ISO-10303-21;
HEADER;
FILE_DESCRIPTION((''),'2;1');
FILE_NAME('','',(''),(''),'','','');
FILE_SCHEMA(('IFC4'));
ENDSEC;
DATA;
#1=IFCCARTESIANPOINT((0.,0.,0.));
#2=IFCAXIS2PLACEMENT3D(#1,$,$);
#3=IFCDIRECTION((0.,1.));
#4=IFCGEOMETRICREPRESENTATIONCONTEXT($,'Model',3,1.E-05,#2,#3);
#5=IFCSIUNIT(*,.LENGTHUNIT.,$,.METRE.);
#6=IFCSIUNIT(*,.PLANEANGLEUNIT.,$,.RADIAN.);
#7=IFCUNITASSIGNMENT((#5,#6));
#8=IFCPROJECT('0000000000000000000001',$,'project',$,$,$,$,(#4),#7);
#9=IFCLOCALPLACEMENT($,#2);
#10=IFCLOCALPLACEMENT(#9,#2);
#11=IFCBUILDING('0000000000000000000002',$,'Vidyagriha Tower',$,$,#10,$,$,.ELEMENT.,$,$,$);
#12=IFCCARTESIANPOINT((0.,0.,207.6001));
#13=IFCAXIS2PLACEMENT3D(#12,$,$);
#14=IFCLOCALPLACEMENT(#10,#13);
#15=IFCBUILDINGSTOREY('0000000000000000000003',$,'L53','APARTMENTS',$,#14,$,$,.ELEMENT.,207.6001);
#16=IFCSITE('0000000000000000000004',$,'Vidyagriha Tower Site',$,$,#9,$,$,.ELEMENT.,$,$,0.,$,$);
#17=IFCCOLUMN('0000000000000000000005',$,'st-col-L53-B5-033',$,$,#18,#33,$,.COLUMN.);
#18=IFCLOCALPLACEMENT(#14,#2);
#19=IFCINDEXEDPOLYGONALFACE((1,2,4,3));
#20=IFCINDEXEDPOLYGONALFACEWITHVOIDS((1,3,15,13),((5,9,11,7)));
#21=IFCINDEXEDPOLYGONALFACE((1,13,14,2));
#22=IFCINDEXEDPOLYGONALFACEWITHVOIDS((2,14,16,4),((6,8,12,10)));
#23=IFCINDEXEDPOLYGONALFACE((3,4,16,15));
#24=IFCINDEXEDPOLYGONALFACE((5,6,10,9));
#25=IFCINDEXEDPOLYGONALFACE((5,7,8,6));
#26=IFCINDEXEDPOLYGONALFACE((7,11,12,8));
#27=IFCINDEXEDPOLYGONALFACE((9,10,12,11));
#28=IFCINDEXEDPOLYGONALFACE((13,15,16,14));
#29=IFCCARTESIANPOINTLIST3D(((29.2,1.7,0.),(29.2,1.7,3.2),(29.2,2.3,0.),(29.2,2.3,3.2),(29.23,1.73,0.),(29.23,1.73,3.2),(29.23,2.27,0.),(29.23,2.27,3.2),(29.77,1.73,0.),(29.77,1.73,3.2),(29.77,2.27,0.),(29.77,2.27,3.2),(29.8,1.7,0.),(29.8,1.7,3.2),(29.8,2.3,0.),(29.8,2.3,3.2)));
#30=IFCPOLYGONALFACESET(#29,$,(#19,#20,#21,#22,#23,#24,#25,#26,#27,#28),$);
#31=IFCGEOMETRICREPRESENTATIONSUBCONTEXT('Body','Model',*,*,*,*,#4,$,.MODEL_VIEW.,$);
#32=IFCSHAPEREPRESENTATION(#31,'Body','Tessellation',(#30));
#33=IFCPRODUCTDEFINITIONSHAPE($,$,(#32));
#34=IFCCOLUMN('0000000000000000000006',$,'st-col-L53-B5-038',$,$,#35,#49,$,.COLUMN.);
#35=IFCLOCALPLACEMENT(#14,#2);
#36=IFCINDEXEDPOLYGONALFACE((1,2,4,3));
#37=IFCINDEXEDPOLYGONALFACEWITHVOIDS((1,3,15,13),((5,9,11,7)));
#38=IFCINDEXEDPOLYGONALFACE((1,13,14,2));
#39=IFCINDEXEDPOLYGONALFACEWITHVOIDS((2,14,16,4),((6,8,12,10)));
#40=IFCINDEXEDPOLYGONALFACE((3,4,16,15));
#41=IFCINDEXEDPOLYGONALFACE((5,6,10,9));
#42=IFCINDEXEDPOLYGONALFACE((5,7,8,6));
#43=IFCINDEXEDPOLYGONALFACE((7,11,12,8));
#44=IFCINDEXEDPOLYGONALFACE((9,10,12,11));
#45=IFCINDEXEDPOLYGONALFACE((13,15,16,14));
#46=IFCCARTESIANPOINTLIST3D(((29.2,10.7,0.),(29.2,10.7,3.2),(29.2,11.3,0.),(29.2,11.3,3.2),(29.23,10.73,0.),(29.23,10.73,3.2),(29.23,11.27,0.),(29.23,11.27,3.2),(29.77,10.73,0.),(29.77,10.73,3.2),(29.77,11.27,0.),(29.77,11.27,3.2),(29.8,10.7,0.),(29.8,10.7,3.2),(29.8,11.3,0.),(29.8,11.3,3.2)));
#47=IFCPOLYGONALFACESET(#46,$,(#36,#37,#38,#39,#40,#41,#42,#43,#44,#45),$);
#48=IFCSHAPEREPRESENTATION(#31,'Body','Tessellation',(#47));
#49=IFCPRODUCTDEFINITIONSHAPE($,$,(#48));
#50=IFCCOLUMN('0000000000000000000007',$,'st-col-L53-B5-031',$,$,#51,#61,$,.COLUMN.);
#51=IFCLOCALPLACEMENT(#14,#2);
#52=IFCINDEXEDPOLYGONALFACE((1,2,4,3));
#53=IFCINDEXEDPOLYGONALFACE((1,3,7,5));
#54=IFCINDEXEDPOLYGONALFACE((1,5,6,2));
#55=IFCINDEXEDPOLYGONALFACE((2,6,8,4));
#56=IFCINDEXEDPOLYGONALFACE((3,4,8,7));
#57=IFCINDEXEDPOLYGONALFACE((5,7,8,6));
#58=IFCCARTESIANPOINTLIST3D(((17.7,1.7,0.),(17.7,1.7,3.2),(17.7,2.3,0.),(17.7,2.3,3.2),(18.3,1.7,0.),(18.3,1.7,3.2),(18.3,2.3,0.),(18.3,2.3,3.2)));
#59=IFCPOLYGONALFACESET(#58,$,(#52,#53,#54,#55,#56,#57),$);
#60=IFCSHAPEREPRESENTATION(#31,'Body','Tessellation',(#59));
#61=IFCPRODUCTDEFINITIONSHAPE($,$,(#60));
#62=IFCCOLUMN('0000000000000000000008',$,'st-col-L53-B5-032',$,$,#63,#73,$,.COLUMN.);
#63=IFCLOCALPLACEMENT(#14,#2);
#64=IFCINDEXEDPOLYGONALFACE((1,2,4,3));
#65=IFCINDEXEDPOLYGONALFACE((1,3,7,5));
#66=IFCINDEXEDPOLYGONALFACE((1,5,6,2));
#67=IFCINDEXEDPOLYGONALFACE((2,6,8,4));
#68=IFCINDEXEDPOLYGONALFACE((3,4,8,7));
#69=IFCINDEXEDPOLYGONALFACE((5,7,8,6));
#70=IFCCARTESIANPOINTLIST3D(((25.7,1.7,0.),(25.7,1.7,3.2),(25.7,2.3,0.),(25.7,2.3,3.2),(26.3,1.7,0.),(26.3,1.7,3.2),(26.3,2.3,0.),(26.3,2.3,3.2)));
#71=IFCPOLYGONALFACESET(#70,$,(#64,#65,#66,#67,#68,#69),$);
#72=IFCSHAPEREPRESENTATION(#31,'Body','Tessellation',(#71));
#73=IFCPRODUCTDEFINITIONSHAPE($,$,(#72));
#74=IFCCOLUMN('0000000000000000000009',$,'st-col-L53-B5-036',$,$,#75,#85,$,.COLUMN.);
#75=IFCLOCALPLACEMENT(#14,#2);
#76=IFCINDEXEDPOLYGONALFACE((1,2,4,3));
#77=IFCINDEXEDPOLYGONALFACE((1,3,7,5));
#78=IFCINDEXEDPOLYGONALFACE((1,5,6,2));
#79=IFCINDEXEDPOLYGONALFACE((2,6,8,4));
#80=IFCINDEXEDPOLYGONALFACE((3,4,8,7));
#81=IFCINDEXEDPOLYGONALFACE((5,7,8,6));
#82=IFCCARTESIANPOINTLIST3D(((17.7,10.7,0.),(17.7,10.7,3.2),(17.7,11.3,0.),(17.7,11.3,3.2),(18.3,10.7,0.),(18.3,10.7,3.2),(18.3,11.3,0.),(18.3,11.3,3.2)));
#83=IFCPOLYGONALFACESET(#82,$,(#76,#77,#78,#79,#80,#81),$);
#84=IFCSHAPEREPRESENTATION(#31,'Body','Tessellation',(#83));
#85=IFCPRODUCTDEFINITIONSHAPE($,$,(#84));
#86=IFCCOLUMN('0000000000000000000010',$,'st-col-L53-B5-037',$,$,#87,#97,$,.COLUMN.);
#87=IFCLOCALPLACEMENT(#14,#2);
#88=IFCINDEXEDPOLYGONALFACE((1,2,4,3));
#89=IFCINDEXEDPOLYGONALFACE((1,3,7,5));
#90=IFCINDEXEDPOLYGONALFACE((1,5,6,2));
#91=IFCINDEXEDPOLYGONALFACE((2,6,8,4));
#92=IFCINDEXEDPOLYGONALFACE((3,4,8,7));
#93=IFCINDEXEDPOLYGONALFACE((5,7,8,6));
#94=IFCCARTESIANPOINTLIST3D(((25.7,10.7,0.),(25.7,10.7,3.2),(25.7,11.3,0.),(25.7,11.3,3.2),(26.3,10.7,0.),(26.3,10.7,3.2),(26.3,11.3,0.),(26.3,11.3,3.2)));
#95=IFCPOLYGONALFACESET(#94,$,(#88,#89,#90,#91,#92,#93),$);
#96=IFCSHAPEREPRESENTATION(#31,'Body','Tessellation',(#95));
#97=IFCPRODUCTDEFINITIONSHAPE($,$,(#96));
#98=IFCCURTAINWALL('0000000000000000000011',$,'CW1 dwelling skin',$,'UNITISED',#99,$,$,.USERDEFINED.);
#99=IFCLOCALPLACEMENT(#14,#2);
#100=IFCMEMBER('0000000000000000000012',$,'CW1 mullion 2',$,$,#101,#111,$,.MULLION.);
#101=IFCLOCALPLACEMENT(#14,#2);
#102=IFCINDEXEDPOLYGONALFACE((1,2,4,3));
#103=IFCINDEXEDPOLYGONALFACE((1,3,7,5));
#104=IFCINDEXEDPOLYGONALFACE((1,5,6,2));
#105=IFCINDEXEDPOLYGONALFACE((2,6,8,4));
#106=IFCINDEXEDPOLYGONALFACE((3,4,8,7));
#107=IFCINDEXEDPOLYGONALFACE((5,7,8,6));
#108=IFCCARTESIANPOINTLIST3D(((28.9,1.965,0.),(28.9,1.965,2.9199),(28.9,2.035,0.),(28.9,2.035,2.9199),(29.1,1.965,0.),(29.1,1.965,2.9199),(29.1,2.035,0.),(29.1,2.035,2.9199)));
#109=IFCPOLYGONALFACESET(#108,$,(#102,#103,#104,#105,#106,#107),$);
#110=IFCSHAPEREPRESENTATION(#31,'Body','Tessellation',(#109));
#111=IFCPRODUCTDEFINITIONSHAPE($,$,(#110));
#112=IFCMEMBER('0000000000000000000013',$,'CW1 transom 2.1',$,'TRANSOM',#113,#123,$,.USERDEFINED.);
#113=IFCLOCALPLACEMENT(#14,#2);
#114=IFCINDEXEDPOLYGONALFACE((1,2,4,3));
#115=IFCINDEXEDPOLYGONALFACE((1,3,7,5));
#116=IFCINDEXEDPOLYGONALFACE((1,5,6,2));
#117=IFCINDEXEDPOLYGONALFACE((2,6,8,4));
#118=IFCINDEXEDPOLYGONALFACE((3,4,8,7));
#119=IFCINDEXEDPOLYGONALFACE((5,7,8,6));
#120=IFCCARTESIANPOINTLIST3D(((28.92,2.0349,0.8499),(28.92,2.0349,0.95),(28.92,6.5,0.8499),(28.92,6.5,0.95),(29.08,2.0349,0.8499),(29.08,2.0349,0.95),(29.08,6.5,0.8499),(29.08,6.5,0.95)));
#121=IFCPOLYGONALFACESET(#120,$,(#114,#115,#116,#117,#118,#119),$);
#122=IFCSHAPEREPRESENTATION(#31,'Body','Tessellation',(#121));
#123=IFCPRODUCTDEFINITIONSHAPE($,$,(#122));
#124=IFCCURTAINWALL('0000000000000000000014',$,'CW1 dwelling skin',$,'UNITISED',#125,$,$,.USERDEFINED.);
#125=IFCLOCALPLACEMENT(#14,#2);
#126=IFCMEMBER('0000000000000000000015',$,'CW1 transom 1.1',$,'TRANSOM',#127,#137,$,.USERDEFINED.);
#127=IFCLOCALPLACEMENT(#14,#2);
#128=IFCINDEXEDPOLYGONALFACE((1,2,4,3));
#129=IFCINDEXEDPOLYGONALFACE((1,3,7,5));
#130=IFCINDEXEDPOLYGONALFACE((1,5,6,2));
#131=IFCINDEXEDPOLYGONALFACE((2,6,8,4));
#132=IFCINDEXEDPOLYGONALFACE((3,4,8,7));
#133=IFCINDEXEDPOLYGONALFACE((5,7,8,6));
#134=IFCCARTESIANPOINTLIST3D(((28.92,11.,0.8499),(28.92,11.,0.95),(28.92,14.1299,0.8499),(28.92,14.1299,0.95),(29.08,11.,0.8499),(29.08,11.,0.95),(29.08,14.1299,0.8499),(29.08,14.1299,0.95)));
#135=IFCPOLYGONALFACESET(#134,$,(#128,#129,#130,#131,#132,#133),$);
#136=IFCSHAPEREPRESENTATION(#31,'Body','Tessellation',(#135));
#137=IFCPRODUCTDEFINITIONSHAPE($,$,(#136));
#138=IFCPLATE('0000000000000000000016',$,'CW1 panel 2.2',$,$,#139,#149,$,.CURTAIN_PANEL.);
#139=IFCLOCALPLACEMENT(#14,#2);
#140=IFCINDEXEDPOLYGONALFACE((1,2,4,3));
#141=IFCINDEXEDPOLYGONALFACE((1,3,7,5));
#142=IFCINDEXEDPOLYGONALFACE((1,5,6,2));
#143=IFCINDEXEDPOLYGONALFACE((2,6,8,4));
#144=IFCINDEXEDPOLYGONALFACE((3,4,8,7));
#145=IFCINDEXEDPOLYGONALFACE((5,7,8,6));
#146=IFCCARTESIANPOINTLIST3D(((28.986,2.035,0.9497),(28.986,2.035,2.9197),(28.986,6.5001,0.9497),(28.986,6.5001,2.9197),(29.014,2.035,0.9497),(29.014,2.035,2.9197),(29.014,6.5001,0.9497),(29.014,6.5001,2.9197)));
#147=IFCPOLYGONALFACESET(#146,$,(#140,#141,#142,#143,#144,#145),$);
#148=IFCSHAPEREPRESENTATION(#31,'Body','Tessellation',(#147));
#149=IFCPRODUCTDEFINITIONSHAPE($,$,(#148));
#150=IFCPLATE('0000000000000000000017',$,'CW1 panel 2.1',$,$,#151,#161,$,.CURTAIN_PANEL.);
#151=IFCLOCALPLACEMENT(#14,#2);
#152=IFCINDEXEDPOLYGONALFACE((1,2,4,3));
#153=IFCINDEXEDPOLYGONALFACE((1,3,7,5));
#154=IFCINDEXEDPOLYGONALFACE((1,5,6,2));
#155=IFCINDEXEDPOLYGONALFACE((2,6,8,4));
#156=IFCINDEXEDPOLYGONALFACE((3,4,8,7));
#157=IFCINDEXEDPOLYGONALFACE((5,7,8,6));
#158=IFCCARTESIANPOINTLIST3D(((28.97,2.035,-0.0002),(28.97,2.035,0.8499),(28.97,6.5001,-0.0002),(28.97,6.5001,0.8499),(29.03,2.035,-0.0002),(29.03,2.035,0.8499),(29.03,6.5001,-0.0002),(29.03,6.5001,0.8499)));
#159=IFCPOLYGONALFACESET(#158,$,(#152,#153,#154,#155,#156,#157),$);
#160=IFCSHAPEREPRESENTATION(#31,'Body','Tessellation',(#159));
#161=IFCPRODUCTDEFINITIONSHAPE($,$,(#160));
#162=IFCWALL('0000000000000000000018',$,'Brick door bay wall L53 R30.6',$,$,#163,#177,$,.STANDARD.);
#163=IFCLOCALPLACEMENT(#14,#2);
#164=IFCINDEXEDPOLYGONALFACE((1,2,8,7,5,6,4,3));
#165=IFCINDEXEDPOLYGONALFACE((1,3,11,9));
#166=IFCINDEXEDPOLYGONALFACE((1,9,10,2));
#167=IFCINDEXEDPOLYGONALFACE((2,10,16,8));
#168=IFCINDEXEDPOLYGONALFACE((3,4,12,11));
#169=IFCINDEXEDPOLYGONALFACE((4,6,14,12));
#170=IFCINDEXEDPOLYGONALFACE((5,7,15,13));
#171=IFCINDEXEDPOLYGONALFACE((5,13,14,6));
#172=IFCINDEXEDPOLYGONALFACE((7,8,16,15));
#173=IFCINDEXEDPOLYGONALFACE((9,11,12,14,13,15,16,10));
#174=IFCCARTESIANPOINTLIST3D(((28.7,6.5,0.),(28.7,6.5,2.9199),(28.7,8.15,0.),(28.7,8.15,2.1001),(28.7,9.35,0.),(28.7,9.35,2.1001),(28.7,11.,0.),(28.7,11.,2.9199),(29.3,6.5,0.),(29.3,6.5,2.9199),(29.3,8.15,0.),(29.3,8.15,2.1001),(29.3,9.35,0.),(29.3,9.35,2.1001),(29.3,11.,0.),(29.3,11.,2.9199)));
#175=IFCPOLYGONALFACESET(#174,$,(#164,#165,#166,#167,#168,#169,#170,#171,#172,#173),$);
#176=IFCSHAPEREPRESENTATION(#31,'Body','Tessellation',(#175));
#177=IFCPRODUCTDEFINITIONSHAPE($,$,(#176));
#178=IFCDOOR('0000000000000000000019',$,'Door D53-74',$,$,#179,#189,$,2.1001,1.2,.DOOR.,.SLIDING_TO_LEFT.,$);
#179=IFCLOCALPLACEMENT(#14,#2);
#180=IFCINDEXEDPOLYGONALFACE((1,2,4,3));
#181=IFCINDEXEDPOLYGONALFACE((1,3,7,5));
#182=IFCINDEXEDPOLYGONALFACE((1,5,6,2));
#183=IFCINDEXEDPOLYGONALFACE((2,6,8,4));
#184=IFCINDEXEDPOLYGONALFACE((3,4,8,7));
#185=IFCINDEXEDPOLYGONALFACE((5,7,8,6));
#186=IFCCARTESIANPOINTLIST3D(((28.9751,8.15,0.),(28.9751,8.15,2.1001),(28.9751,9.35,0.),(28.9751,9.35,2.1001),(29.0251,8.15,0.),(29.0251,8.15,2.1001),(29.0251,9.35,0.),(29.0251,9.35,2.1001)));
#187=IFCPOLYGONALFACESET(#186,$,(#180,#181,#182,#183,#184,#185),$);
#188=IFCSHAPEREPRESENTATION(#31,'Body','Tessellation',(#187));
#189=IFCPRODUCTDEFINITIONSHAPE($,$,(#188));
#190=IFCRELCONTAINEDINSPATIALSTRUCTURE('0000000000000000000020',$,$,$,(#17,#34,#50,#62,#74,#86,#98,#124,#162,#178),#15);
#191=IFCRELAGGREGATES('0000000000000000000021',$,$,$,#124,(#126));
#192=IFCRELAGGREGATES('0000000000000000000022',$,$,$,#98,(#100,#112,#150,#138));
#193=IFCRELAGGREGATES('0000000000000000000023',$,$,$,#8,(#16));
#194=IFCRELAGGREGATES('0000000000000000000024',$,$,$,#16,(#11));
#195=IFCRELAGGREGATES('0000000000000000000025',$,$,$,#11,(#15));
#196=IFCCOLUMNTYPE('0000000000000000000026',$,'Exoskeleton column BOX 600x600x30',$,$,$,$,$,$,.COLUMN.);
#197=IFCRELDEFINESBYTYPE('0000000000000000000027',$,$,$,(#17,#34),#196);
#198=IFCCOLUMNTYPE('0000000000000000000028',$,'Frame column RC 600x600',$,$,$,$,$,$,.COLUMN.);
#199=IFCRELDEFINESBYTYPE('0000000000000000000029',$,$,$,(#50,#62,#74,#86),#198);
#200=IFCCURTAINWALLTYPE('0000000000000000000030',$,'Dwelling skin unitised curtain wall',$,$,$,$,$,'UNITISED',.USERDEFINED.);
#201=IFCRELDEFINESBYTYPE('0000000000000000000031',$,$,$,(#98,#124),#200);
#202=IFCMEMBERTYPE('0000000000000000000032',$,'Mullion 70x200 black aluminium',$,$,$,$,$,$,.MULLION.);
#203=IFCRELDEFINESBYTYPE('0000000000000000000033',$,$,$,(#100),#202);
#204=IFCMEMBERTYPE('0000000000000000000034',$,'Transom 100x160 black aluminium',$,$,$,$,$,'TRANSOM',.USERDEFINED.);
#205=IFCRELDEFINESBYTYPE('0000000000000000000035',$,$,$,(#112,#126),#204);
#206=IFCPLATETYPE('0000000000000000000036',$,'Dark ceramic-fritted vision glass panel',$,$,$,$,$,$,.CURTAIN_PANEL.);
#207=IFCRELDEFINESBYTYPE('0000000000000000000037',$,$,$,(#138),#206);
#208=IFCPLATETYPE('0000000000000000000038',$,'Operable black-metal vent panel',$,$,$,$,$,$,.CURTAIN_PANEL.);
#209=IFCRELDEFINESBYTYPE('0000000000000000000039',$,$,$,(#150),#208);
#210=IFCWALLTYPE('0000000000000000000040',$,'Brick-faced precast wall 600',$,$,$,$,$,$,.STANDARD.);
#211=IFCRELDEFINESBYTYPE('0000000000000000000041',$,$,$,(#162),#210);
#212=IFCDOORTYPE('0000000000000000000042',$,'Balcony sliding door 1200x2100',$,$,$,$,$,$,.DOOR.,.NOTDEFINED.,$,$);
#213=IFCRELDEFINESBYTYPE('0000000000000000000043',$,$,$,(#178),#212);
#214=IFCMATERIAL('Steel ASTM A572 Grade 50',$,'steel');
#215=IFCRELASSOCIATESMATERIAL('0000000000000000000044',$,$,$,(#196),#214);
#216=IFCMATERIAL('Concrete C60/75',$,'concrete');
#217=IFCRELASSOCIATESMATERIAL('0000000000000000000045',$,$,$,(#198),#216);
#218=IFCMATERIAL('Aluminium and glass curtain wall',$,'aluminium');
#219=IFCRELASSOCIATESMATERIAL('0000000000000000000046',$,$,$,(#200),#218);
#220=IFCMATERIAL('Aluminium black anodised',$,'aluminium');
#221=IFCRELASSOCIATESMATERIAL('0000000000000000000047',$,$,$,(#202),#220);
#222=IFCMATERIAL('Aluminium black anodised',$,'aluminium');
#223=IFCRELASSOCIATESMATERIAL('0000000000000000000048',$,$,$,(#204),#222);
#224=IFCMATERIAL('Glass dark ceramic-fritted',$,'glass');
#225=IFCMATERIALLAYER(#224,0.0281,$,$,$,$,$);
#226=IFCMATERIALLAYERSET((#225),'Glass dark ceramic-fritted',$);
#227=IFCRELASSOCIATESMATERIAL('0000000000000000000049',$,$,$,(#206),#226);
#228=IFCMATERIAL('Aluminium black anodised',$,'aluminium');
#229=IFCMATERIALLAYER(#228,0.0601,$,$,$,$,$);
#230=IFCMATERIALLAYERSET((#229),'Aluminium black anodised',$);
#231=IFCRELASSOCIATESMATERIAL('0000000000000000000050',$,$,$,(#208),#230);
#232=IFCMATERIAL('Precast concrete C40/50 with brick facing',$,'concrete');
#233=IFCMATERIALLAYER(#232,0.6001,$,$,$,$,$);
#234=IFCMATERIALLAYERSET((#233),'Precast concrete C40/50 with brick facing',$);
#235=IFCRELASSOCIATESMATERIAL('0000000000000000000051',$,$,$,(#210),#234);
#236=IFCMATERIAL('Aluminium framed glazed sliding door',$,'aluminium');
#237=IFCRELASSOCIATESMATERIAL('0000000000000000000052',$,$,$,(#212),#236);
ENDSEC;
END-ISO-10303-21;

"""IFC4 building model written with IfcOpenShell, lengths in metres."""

from ifc_helpers import new_model, si_unit, direction, frame, frame_2d, origin, origin_2d, place, context, subcontext, project, spatial, rectangle, hollow_rectangle, extrude, material, layer, layer_set, material_profile, profile_set, type_object, element, fill, aggregate, save


model = new_model("IFC4")

# Units and contexts
model_context = context("Model", 3, precision=1e-05, world=origin(), true_north=direction((0.0, 1.0)))
body_context = subcontext(model_context, "Body", "Model", "MODEL_VIEW")
ifc_project = project(units=[si_unit("LENGTHUNIT", "METRE"), si_unit("PLANEANGLEUNIT", "RADIAN")], contexts=[model_context])

# Site, building, storey
site_placement = place(None, origin())
site = spatial("IfcSite", under=ifc_project, at=site_placement, Name="Vidyagriha Tower Site", CompositionType="ELEMENT", RefElevation=0.0)
building_placement = place(site_placement, origin())
building = spatial("IfcBuilding", under=site, at=building_placement, Name="Vidyagriha Tower", CompositionType="ELEMENT")
storey_placement = place(building_placement, frame((0.0, 0.0, 207.6001)))
storey = spatial("IfcBuildingStorey", under=building, at=storey_placement, Name="L53", Description="APARTMENTS", CompositionType="ELEMENT", Elevation=207.6001)

# Columns
ifc_material_1 = material(Name="Steel ASTM A572 Grade 50", Category="steel")
ifc_material_profile_1 = material_profile(ifc_material_1, hollow_rectangle(XDim=0.6001, YDim=0.6001, WallThickness=0.03, at=origin_2d()), Name="BOX 600x600x30")
ifc_profile_set_1 = profile_set([ifc_material_profile_1], Name="Steel ASTM A572 Grade 50")
column_type_1 = type_object("IfcColumnType", Name="Exoskeleton column BOX 600x600x30", PredefinedType="COLUMN", material=ifc_profile_set_1)
for number, where, name in (
    (1, (29.5, 2.0, 0.0), "st-col-L53-B5-033"),
    (2, (29.5, 11.0, 0.0), "st-col-L53-B5-038"),
):
    element("IfcColumn", number, at=place(storey_placement, frame(where)), inside=storey, type_object=column_type_1, Name=name, PredefinedType="COLUMN", context=body_context, shape_type="SweptSolid", body=[
        extrude(hollow_rectangle(XDim=0.6001, YDim=0.6001, WallThickness=0.03, at=origin_2d()), origin(), (0.0, 0.0, 1.0), 3.2),
    ])
ifc_material_2 = material(Name="Concrete C60/75", Category="concrete")
ifc_material_profile_2 = material_profile(ifc_material_2, rectangle(XDim=0.6001, YDim=0.6001, at=origin_2d()), Name="RC 600x600")
ifc_profile_set_2 = profile_set([ifc_material_profile_2], Name="Concrete C60/75")
column_type_2 = type_object("IfcColumnType", Name="Frame column RC 600x600", PredefinedType="COLUMN", material=ifc_profile_set_2)
for number, where, name in (
    (3, (18.0, 2.0, 0.0), "st-col-L53-B5-031"),
    (4, (26.0, 2.0, 0.0), "st-col-L53-B5-032"),
    (5, (18.0, 11.0, 0.0), "st-col-L53-B5-036"),
    (6, (26.0, 11.0, 0.0), "st-col-L53-B5-037"),
):
    element("IfcColumn", number, at=place(storey_placement, frame(where)), inside=storey, type_object=column_type_2, Name=name, PredefinedType="COLUMN", context=body_context, shape_type="SweptSolid", body=[
        extrude(rectangle(XDim=0.6001, YDim=0.6001, at=origin_2d()), origin(), (0.0, 0.0, 1.0), 3.2),
    ])

# Curtain wall, members
ifc_material_3 = material(Name="Aluminium and glass curtain wall", Category="aluminium")
curtain_wall_type = type_object("IfcCurtainWallType", Name="Dwelling skin unitised curtain wall", ElementType="UNITISED", PredefinedType="USERDEFINED", material=ifc_material_3)
curtain_wall_1_placement = place(storey_placement, origin())
curtain_wall_1 = element("IfcCurtainWall", 7, at=curtain_wall_1_placement, inside=storey, type_object=curtain_wall_type, Name="CW1 dwelling skin", ObjectType="UNITISED", PredefinedType="USERDEFINED")
ifc_material_4 = material(Name="Aluminium black anodised", Category="aluminium")
ifc_material_profile_3 = material_profile(ifc_material_4, rectangle(XDim=0.2, YDim=0.0701, at=origin_2d()), Name="Mullion 70x200 black aluminium")
ifc_profile_set_3 = profile_set([ifc_material_profile_3], Name="Aluminium black anodised")
member_type_1 = type_object("IfcMemberType", Name="Mullion 70x200 black aluminium", PredefinedType="MULLION", material=ifc_profile_set_3)
member_1_placement = place(storey_placement, frame((29.0, 2.0, 0.0), z_axis=(0.0, 0.0, 1.0), x_axis=(-1.0, 0.0, 0.0)))
member_1 = element("IfcMember", 8, at=member_1_placement, type_object=member_type_1, Name="CW1 mullion 2", PredefinedType="MULLION", context=body_context, shape_type="SweptSolid", body=[
    extrude(rectangle(XDim=0.2, YDim=0.0701, at=origin_2d()), origin(), (0.0, 0.0, 1.0), 2.9199),
])
ifc_material_5 = material(Name="Aluminium black anodised", Category="aluminium")
ifc_material_profile_4 = material_profile(ifc_material_5, rectangle(XDim=0.1599, YDim=0.1001, at=origin_2d()), Name="Transom 100x160 black aluminium")
ifc_profile_set_4 = profile_set([ifc_material_profile_4], Name="Aluminium black anodised")
member_type_2 = type_object("IfcMemberType", Name="Transom 100x160 black aluminium", ElementType="TRANSOM", PredefinedType="USERDEFINED", material=ifc_profile_set_4)
member_2_placement = place(storey_placement, frame((29.0, 2.0349, 0.8999), z_axis=(0.0, 1.0, 0.0), x_axis=(-1.0, 0.0, 0.0)))
member_2 = element("IfcMember", 9, at=member_2_placement, type_object=member_type_2, Name="CW1 transom 2.1", ObjectType="TRANSOM", PredefinedType="USERDEFINED", context=body_context, shape_type="SweptSolid", body=[
    extrude(rectangle(XDim=0.1599, YDim=0.1001, at=origin_2d()), origin(), (0.0, 0.0, 1.0), 4.4651),
])

# Curtain wall, member
curtain_wall_2_placement = place(storey_placement, origin())
curtain_wall_2 = element("IfcCurtainWall", 10, at=curtain_wall_2_placement, inside=storey, type_object=curtain_wall_type, Name="CW1 dwelling skin", ObjectType="UNITISED", PredefinedType="USERDEFINED")
member_3_placement = place(storey_placement, frame((29.0, 11.0, 0.8999), z_axis=(0.0, 1.0, 0.0), x_axis=(-1.0, 0.0, 0.0)))
member_3 = element("IfcMember", 11, at=member_3_placement, type_object=member_type_2, Name="CW1 transom 1.1", ObjectType="TRANSOM", PredefinedType="USERDEFINED", context=body_context, shape_type="SweptSolid", body=[
    extrude(rectangle(XDim=0.1599, YDim=0.1001, at=origin_2d()), origin(), (0.0, 0.0, 1.0), 3.1299),
])
aggregate(curtain_wall_2, [member_3])

# Plates
ifc_material_6 = material(Name="Glass dark ceramic-fritted", Category="glass")
ifc_layer_1 = layer(ifc_material_6, 0.0281)
ifc_layer_set_1 = layer_set([ifc_layer_1], Name="Glass dark ceramic-fritted")
plate_type_1 = type_object("IfcPlateType", Name="Dark ceramic-fritted vision glass panel", PredefinedType="CURTAIN_PANEL", material=ifc_layer_set_1)
plate_1_placement = place(storey_placement, frame((29.0, 4.2676, 0.9497), z_axis=(0.0, 0.0, 1.0), x_axis=(0.0, 1.0, 0.0)))
plate_1 = element("IfcPlate", 12, at=plate_1_placement, type_object=plate_type_1, Name="CW1 panel 2.2", PredefinedType="CURTAIN_PANEL", context=body_context, shape_type="SweptSolid", body=[
    extrude(rectangle(XDim=4.4651, YDim=0.0281, at=origin_2d()), origin(), (0.0, 0.0, 1.0), 1.97),
])
ifc_material_7 = material(Name="Aluminium black anodised", Category="aluminium")
ifc_layer_2 = layer(ifc_material_7, 0.0601)
ifc_layer_set_2 = layer_set([ifc_layer_2], Name="Aluminium black anodised")
plate_type_2 = type_object("IfcPlateType", Name="Operable black-metal vent panel", PredefinedType="CURTAIN_PANEL", material=ifc_layer_set_2)
plate_2_placement = place(storey_placement, frame((29.0, 4.2676, -0.0002), z_axis=(0.0, 0.0, 1.0), x_axis=(0.0, 1.0, 0.0)))
plate_2 = element("IfcPlate", 13, at=plate_2_placement, type_object=plate_type_2, Name="CW1 panel 2.1", PredefinedType="CURTAIN_PANEL", context=body_context, shape_type="SweptSolid", body=[
    extrude(rectangle(XDim=4.4651, YDim=0.0601, at=origin_2d()), origin(), (0.0, 0.0, 1.0), 0.8501),
])
aggregate(curtain_wall_1, [member_1, member_2, plate_2, plate_1])

# Wall, opening, door
ifc_material_8 = material(Name="Precast concrete C40/50 with brick facing", Category="concrete")
ifc_layer_3 = layer(ifc_material_8, 0.6001)
ifc_layer_set_3 = layer_set([ifc_layer_3], Name="Precast concrete C40/50 with brick facing")
wall_type_1 = type_object("IfcWallType", Name="Brick-faced precast wall 600", PredefinedType="STANDARD", material=ifc_layer_set_3)
wall_1_placement = place(storey_placement, frame((29.0, 6.5, 0.0), z_axis=(0.0, 0.0, 1.0), x_axis=(0.0, 1.0, 0.0)))
wall_1 = element("IfcWall", 14, at=wall_1_placement, inside=storey, type_object=wall_type_1, Name="Brick door bay wall L53 R30.6", PredefinedType="STANDARD", context=body_context, shape_type="SweptSolid", body=[
    extrude(rectangle(XDim=4.5, YDim=0.6001, at=frame_2d((2.25, 0.0))), origin(), (0.0, 0.0, 1.0), 2.9199),
])
opening_1_placement = place(wall_1_placement, frame((1.6499, 0.0, 0.0)))
opening_1 = element("IfcOpeningElement", 15, at=opening_1_placement, cuts=wall_1, PredefinedType="OPENING", context=body_context, shape_type="SweptSolid", body=[
    extrude(rectangle(XDim=1.2, YDim=2.1001, at=frame_2d((0.6001, 1.05))), frame((0.0, 0.3101, 0.0), z_axis=(0.0, -1.0, 0.0), x_axis=(1.0, 0.0, 0.0)), (0.0, 0.0, 1.0), 0.6201),
])
ifc_material_9 = material(Name="Aluminium framed glazed sliding door", Category="aluminium")
door_type_1 = type_object("IfcDoorType", Name="Balcony sliding door 1200x2100", OperationType="NOTDEFINED", PredefinedType="DOOR", material=ifc_material_9)
door_1_placement = place(opening_1_placement, origin())
door_1 = element("IfcDoor", 16, at=door_1_placement, inside=storey, type_object=door_type_1, Name="Door D53-74", OperationType="SLIDING_TO_LEFT", OverallHeight=2.1001, OverallWidth=1.2, PredefinedType="DOOR", context=body_context, shape_type="SweptSolid", body=[
    extrude(rectangle(XDim=1.2, YDim=2.1001, at=frame_2d((0.6001, 1.05))), frame((0.0, 0.0249, 0.0), z_axis=(0.0, -1.0, 0.0), x_axis=(1.0, 0.0, 0.0)), (0.0, 0.0, 1.0), 0.05),
])
fill(opening_1, door_1)

save(model, "model.ifc")
